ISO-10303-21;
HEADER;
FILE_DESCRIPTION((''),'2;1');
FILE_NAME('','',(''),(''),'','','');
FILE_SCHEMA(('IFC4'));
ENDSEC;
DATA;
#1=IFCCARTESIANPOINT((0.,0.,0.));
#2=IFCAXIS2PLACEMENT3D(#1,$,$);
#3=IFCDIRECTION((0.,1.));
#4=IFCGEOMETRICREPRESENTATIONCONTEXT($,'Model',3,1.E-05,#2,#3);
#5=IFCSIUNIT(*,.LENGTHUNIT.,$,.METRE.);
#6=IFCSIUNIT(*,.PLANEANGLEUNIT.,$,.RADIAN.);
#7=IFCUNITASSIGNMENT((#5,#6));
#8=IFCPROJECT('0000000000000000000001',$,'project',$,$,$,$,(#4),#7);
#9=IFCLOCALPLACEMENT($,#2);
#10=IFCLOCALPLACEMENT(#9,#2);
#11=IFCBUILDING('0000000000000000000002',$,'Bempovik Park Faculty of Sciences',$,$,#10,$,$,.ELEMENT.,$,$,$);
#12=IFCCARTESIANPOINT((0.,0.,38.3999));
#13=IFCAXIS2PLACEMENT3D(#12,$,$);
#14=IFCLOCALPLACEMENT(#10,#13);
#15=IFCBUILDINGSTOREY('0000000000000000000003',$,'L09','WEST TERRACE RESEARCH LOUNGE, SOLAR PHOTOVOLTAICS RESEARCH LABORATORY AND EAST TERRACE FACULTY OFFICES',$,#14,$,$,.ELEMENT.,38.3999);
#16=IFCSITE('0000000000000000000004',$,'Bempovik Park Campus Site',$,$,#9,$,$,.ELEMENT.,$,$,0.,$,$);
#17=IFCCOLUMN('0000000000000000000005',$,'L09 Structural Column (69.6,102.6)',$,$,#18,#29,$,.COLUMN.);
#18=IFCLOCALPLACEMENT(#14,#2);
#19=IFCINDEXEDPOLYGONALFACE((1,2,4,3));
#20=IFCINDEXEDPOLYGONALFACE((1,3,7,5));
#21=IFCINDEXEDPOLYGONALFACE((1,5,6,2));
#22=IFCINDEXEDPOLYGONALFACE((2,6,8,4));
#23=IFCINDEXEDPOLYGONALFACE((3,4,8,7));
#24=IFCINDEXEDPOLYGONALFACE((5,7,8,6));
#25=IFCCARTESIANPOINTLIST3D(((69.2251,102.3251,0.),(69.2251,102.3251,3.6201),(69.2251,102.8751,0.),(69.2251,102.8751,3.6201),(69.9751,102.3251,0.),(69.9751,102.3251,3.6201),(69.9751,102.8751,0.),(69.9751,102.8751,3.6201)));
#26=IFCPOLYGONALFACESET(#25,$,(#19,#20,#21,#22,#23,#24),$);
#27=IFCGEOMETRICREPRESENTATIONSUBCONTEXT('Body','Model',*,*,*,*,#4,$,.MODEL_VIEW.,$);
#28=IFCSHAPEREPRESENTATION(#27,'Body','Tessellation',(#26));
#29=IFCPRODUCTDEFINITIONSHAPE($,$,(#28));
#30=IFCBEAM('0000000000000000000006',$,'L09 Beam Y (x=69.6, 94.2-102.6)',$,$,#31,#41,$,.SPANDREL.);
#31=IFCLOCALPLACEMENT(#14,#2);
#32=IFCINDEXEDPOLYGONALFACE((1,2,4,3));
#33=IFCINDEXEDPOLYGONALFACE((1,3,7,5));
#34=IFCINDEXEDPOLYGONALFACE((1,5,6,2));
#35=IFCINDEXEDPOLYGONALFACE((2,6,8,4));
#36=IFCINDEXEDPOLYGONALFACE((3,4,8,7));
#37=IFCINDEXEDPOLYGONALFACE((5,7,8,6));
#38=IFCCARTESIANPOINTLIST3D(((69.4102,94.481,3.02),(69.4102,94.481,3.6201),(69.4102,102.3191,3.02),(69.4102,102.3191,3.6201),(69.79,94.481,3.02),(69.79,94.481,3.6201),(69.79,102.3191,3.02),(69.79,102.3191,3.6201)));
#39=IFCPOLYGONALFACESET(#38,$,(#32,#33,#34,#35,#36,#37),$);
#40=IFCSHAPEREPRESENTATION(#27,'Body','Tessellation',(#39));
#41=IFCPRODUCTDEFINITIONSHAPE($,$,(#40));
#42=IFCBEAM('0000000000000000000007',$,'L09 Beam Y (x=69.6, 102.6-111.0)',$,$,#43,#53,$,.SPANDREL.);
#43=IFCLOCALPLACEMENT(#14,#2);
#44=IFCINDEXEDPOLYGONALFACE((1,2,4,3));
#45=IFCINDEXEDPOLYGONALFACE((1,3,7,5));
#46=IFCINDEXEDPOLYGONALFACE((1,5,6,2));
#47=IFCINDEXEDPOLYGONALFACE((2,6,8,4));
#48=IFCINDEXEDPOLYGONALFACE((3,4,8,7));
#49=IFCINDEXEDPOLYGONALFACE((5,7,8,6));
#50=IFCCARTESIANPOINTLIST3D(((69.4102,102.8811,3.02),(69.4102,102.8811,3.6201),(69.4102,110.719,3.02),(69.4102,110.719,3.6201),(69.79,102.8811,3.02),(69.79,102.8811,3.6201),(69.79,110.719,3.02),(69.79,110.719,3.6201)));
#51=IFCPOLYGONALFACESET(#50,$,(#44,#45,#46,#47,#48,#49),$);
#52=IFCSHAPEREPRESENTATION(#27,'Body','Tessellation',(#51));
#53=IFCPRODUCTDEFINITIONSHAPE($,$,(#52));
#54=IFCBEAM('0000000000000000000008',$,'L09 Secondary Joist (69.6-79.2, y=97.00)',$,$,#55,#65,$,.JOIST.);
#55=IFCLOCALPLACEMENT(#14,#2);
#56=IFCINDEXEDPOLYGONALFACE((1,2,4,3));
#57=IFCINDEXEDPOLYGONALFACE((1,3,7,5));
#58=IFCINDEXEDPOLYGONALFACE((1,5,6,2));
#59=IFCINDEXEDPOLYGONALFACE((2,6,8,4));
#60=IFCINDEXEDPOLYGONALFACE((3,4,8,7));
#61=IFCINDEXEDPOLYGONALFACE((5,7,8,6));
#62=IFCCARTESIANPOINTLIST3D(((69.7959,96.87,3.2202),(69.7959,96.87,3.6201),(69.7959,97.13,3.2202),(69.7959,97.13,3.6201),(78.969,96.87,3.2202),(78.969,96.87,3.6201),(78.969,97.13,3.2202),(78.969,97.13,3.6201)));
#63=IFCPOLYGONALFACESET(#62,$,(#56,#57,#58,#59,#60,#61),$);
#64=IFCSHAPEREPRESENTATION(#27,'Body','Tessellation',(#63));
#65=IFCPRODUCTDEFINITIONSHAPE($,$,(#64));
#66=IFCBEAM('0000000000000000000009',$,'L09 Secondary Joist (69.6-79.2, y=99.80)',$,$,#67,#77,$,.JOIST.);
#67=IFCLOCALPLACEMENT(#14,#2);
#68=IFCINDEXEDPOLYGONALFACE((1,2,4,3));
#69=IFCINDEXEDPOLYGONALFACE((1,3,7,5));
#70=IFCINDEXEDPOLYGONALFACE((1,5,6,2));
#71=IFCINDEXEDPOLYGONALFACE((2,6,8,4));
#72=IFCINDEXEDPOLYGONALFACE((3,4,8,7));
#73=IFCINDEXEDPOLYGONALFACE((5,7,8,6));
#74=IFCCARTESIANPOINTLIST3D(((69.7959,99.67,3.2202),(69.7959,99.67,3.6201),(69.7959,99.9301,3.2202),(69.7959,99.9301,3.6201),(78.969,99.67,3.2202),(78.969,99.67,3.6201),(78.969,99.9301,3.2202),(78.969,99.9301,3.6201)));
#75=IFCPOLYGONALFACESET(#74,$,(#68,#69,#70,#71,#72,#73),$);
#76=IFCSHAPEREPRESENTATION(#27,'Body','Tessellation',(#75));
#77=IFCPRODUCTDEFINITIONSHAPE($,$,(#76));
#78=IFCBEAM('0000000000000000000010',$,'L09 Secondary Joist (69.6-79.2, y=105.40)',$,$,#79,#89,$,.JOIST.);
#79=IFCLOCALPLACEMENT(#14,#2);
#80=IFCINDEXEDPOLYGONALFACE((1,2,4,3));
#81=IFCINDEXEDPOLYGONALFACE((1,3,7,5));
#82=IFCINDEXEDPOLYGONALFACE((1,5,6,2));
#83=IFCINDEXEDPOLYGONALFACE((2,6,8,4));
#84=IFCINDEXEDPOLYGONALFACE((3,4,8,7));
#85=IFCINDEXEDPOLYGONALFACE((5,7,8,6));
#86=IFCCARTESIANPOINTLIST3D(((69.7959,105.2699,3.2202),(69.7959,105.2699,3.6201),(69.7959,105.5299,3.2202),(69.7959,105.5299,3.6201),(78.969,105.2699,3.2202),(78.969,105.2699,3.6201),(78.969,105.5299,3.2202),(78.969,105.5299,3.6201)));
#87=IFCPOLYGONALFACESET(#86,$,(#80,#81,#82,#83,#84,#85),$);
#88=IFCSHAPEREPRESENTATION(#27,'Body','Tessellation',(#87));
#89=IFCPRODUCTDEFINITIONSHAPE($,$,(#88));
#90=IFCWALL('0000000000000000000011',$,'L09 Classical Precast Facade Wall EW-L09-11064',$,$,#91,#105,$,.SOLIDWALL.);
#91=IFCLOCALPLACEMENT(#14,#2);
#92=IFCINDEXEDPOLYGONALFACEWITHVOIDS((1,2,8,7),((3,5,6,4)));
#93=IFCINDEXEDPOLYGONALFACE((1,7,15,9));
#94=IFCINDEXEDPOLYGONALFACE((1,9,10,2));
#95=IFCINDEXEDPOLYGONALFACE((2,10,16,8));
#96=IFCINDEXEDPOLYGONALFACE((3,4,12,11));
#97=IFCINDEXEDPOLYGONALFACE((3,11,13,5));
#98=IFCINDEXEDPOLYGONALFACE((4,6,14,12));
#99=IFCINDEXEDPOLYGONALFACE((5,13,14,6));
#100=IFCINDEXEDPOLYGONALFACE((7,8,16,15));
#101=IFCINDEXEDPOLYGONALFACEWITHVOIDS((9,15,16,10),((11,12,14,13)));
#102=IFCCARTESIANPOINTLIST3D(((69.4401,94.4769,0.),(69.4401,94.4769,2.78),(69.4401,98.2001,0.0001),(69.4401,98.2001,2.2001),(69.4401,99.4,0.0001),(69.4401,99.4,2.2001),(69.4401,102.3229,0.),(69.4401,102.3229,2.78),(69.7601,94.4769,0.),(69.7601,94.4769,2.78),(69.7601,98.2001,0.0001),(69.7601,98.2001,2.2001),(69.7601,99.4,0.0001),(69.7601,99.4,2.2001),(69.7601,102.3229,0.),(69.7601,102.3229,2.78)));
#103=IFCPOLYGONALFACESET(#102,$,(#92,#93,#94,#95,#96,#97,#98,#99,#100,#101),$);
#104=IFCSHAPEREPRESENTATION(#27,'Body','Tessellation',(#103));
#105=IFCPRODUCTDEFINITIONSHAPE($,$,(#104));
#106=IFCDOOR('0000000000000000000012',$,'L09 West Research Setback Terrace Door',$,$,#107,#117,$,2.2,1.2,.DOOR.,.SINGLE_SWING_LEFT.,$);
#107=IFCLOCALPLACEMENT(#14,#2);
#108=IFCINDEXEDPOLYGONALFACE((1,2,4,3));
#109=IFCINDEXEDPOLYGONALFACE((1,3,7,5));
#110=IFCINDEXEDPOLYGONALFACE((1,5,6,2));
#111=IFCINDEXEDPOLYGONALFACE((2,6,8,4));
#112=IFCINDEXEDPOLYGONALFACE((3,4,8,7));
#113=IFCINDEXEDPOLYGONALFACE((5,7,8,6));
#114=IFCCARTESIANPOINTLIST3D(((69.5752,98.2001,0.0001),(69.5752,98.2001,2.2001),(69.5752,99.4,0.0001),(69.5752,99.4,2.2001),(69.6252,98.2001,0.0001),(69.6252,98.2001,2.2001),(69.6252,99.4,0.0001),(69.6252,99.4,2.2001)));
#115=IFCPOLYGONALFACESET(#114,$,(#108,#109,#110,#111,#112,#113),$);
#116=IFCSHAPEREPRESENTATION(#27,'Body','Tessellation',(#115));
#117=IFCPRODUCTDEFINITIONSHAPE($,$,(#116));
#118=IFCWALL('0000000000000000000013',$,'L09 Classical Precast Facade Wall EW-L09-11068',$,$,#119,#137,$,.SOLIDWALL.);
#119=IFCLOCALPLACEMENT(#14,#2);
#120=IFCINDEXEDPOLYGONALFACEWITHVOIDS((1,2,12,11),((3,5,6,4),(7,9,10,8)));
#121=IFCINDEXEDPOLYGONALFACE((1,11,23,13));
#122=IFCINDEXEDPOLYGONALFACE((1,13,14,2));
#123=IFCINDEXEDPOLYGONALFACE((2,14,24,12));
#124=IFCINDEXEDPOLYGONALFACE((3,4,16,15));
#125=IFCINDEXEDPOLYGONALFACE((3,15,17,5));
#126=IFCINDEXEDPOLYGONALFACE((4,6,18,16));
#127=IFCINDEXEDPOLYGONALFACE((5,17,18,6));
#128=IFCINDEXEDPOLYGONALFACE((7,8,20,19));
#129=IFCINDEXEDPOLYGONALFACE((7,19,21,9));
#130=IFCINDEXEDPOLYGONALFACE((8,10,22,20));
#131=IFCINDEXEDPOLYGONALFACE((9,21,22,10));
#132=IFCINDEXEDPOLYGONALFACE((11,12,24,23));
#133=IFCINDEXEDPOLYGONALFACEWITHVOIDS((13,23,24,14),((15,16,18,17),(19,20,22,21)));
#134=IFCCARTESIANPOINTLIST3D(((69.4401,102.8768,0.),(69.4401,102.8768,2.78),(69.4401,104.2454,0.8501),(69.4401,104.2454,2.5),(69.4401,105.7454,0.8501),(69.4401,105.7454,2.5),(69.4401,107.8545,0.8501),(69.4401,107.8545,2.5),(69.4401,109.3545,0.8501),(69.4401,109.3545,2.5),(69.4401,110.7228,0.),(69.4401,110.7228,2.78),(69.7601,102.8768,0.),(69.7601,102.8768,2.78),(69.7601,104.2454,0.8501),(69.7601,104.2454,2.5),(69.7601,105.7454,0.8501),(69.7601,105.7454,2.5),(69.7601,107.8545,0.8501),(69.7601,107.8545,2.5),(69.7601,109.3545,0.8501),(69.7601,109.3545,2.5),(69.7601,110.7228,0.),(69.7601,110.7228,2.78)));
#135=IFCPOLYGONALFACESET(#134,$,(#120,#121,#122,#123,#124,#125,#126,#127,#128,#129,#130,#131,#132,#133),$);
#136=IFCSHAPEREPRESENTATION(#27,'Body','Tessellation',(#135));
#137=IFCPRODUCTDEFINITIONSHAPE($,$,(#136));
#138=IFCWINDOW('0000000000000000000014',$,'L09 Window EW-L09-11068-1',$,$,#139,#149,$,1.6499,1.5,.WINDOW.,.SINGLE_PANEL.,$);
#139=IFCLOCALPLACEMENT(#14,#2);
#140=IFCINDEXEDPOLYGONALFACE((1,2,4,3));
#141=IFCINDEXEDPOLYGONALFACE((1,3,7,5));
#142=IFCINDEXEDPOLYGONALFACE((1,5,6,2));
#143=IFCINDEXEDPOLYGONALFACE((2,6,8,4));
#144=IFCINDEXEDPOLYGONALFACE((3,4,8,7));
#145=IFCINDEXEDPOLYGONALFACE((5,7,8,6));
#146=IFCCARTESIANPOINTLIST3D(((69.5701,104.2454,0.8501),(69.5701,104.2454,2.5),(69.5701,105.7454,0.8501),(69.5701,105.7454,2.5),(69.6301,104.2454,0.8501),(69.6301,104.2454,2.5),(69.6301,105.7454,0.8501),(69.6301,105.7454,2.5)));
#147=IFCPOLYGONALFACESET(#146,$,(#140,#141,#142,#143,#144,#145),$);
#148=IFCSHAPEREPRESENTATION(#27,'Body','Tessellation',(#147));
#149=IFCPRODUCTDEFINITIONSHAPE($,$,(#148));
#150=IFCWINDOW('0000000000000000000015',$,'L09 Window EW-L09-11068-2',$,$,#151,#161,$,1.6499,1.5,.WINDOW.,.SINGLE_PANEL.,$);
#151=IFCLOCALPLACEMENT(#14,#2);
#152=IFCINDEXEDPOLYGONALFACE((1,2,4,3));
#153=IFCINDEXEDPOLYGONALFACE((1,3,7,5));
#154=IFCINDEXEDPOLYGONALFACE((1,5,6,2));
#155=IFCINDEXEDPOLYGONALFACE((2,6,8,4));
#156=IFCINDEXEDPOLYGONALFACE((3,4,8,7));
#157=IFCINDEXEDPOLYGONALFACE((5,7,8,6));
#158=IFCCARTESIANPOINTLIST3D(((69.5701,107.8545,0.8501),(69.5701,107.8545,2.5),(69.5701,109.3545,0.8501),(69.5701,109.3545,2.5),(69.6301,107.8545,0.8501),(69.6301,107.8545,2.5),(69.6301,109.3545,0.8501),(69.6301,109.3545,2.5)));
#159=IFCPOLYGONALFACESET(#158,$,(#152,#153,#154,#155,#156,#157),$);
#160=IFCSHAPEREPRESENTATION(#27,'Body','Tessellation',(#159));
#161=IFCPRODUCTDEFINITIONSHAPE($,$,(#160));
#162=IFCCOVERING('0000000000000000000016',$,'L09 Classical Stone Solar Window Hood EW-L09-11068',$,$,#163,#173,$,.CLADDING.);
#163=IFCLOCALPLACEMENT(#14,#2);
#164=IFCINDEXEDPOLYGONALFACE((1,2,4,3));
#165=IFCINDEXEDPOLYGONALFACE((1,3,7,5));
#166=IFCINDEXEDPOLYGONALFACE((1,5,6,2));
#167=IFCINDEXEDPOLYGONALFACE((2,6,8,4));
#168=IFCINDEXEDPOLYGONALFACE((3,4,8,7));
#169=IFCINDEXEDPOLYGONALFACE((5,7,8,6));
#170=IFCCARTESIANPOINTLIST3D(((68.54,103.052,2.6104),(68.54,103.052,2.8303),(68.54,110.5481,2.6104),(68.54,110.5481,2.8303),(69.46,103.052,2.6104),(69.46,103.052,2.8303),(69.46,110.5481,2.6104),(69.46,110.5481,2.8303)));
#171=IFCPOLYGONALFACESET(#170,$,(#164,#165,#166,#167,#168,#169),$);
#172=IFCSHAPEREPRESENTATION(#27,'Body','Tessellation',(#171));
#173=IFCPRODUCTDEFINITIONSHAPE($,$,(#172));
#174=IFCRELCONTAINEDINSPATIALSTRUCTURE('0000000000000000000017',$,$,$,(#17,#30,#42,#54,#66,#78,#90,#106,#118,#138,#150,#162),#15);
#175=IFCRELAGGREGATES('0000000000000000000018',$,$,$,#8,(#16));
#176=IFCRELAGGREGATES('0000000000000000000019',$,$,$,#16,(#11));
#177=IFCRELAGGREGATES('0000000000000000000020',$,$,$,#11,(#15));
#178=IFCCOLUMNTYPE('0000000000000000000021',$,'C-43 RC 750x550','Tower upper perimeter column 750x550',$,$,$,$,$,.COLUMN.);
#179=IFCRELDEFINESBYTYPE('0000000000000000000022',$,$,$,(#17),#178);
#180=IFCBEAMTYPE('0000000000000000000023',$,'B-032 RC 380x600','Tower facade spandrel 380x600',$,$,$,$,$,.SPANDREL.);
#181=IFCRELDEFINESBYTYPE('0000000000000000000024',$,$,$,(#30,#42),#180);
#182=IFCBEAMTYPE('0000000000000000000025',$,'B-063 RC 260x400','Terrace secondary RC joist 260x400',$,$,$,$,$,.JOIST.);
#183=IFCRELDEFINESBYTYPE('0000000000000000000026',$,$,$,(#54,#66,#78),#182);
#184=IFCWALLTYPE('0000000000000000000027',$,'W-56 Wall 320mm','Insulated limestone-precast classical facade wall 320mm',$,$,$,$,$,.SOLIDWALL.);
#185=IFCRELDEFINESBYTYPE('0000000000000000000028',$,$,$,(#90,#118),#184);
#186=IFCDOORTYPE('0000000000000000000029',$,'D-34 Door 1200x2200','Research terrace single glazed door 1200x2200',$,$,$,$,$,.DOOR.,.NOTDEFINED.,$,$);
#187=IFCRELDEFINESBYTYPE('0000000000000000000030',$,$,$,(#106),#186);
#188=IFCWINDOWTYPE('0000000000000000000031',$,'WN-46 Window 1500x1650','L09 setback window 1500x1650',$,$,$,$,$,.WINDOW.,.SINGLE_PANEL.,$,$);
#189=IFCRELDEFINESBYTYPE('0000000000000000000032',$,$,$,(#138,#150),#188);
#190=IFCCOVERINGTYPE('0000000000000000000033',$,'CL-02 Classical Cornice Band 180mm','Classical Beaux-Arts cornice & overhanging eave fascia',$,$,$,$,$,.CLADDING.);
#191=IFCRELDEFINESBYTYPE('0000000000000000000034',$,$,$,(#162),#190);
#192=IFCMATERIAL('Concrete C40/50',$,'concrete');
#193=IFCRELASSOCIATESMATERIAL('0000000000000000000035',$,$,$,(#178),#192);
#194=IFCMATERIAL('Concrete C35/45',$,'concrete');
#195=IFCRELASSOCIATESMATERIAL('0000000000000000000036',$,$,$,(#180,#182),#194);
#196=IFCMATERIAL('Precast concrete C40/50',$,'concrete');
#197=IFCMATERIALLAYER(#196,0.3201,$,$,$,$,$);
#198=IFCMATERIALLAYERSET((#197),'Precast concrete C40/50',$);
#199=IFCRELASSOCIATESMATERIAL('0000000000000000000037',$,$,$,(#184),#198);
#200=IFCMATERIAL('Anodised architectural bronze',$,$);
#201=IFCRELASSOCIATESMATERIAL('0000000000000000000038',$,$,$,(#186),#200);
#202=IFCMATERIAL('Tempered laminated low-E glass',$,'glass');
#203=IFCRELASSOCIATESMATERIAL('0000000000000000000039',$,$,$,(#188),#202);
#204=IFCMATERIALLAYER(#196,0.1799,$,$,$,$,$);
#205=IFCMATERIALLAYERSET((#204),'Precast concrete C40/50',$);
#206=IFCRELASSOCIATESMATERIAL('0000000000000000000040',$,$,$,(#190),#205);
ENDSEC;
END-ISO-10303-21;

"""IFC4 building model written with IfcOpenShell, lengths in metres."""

from ifc_helpers import new_model, si_unit, direction, frame, frame_2d, origin, origin_2d, place, context, subcontext, project, spatial, rectangle, extrude, material, layer, layer_set, material_profile, profile_set, type_object, element, fill, save


model = new_model("IFC4")

# Units and contexts
model_context = context("Model", 3, precision=1e-05, world=origin(), true_north=direction((0.0, 1.0)))
body_context = subcontext(model_context, "Body", "Model", "MODEL_VIEW")
ifc_project = project(units=[si_unit("LENGTHUNIT", "METRE"), si_unit("PLANEANGLEUNIT", "RADIAN")], contexts=[model_context])

# Site, building, storey
site_placement = place(None, origin())
site = spatial("IfcSite", under=ifc_project, at=site_placement, Name="Bempovik Park Campus Site", CompositionType="ELEMENT", RefElevation=0.0)
building_placement = place(site_placement, origin())
building = spatial("IfcBuilding", under=site, at=building_placement, Name="Bempovik Park Faculty of Sciences", CompositionType="ELEMENT")
storey_placement = place(building_placement, frame((0.0, 0.0, 38.3999)))
storey = spatial("IfcBuildingStorey", under=building, at=storey_placement, Name="L09", Description="WEST TERRACE RESEARCH LOUNGE, SOLAR PHOTOVOLTAICS RESEARCH LABORATORY AND EAST TERRACE FACULTY OFFICES", CompositionType="ELEMENT", Elevation=38.3999)

# Column
ifc_material_1 = material(Name="Concrete C40/50", Category="concrete")
ifc_material_profile_1 = material_profile(ifc_material_1, rectangle(XDim=0.75, YDim=0.55, at=origin_2d()), Name="RC 750x550")
ifc_profile_set_1 = profile_set([ifc_material_profile_1], Name="Concrete C40/50")
column_type = type_object("IfcColumnType", Name="C-43 RC 750x550", Description="Tower upper perimeter column 750x550", PredefinedType="COLUMN", material=ifc_profile_set_1)
column_placement = place(storey_placement, frame((69.6001, 102.6001, 0.0), z_axis=(0.0, 0.0, 1.0), x_axis=(1.0, 0.0, 0.0)))
element("IfcColumn", 1, at=column_placement, inside=storey, type_object=column_type, Name="L09 Structural Column (69.6,102.6)", PredefinedType="COLUMN", context=body_context, shape_type="SweptSolid", body=[
    extrude(rectangle(XDim=0.75, YDim=0.55, at=origin_2d()), origin(), (0.0, 0.0, 1.0), 3.6201),
])

# Beams
ifc_material_2 = material(Name="Concrete C35/45", Category="concrete")
ifc_material_profile_2 = material_profile(ifc_material_2, rectangle(XDim=0.3799, YDim=0.6001, at=origin_2d()), Name="RC 380x600")
ifc_profile_set_2 = profile_set([ifc_material_profile_2], Name="Concrete C35/45")
beam_type_1 = type_object("IfcBeamType", Name="B-032 RC 380x600", Description="Tower facade spandrel 380x600", PredefinedType="SPANDREL", material=ifc_profile_set_2)
beam_1_placement = place(storey_placement, frame((69.6001, 94.481, 3.3201), z_axis=(0.0, 1.0, 0.0), x_axis=(-1.0, 0.0, 0.0)))
element("IfcBeam", 2, at=beam_1_placement, inside=storey, type_object=beam_type_1, Name="L09 Beam Y (x=69.6, 94.2-102.6)", PredefinedType="SPANDREL", context=body_context, shape_type="SweptSolid", body=[
    extrude(rectangle(XDim=0.3799, YDim=0.6001, at=origin_2d()), origin(), (0.0, 0.0, 1.0), 7.8381),
])
beam_2_placement = place(storey_placement, frame((69.6001, 102.8811, 3.3201), z_axis=(0.0, 1.0, 0.0), x_axis=(-1.0, 0.0, 0.0)))
element("IfcBeam", 3, at=beam_2_placement, inside=storey, type_object=beam_type_1, Name="L09 Beam Y (x=69.6, 102.6-111.0)", PredefinedType="SPANDREL", context=body_context, shape_type="SweptSolid", body=[
    extrude(rectangle(XDim=0.3799, YDim=0.6001, at=origin_2d()), origin(), (0.0, 0.0, 1.0), 7.8379),
])
ifc_material_profile_3 = material_profile(ifc_material_2, rectangle(XDim=0.26, YDim=0.3999, at=origin_2d()), Name="RC 260x400")
ifc_profile_set_3 = profile_set([ifc_material_profile_3], Name="Concrete C35/45")
beam_type_2 = type_object("IfcBeamType", Name="B-063 RC 260x400", Description="Terrace secondary RC joist 260x400", PredefinedType="JOIST", material=ifc_profile_set_3)
for number, where, z_axis, x_axis, name in (
    (4, (69.7959, 97.0, 3.4202), (1.0, 0.0, 0.0), (0.0, 1.0, 0.0), "L09 Secondary Joist (69.6-79.2, y=97.00)"),
    (5, (69.7959, 99.8, 3.4202), (1.0, 0.0, 0.0), (0.0, 1.0, 0.0), "L09 Secondary Joist (69.6-79.2, y=99.80)"),
    (6, (69.7959, 105.3999, 3.4202), (1.0, 0.0, 0.0), (0.0, 1.0, 0.0), "L09 Secondary Joist (69.6-79.2, y=105.40)"),
):
    element("IfcBeam", number, at=place(storey_placement, frame(where, z_axis=z_axis, x_axis=x_axis)), inside=storey, type_object=beam_type_2, Name=name, PredefinedType="JOIST", context=body_context, shape_type="SweptSolid", body=[
        extrude(rectangle(XDim=0.26, YDim=0.3999, at=origin_2d()), origin(), (0.0, 0.0, 1.0), 9.1731),
    ])

# Wall, opening, door
ifc_material_3 = material(Name="Precast concrete C40/50", Category="concrete")
ifc_layer_1 = layer(ifc_material_3, 0.3201)
ifc_layer_set_1 = layer_set([ifc_layer_1], Name="Precast concrete C40/50")
wall_type = type_object("IfcWallType", Name="W-56 Wall 320mm", Description="Insulated limestone-precast classical facade wall 320mm", PredefinedType="SOLIDWALL", material=ifc_layer_set_1)
wall_1_placement = place(storey_placement, frame((69.6001, 94.4771, 0.0), z_axis=(0.0, 0.0, 1.0), x_axis=(0.0, 1.0, 0.0)))
wall_1 = element("IfcWall", 7, at=wall_1_placement, inside=storey, type_object=wall_type, Name="L09 Classical Precast Facade Wall EW-L09-11064", PredefinedType="SOLIDWALL", context=body_context, shape_type="SweptSolid", body=[
    extrude(rectangle(XDim=7.8459, YDim=0.3201, at=frame_2d((3.9229, 0.0))), origin(), (0.0, 0.0, 1.0), 2.78),
])
opening_1_placement = place(wall_1_placement, frame((3.7229, 0.0, 0.0)))
opening_1 = element("IfcOpeningElement", 8, at=opening_1_placement, cuts=wall_1, PredefinedType="OPENING", context=body_context, shape_type="SweptSolid", body=[
    extrude(rectangle(XDim=1.2, YDim=2.2, at=frame_2d((0.6001, 1.1001))), frame((0.0, 0.1699, 0.0), z_axis=(0.0, -1.0, 0.0), x_axis=(1.0, 0.0, 0.0)), (0.0, 0.0, 1.0), 0.3401),
])
ifc_material_4 = material(Name="Anodised architectural bronze")
door_type = type_object("IfcDoorType", Name="D-34 Door 1200x2200", Description="Research terrace single glazed door 1200x2200", OperationType="NOTDEFINED", PredefinedType="DOOR", material=ifc_material_4)
door_placement = place(opening_1_placement, origin())
door = element("IfcDoor", 9, at=door_placement, inside=storey, type_object=door_type, Name="L09 West Research Setback Terrace Door", OperationType="SINGLE_SWING_LEFT", OverallHeight=2.2, OverallWidth=1.2, PredefinedType="DOOR", context=body_context, shape_type="SweptSolid", body=[
    extrude(rectangle(XDim=1.2, YDim=2.2, at=frame_2d((0.6001, 1.1001))), frame((0.0, 0.0249, 0.0), z_axis=(0.0, -1.0, 0.0), x_axis=(1.0, 0.0, 0.0)), (0.0, 0.0, 1.0), 0.05),
])
fill(opening_1, door)

# Wall, openings, windows
wall_2_placement = place(storey_placement, frame((69.6001, 102.877, 0.0), z_axis=(0.0, 0.0, 1.0), x_axis=(0.0, 1.0, 0.0)))
wall_2 = element("IfcWall", 10, at=wall_2_placement, inside=storey, type_object=wall_type, Name="L09 Classical Precast Facade Wall EW-L09-11068", PredefinedType="SOLIDWALL", context=body_context, shape_type="SweptSolid", body=[
    extrude(rectangle(XDim=7.8459, YDim=0.3201, at=frame_2d((3.9229, 0.0))), origin(), (0.0, 0.0, 1.0), 2.78),
])
opening_2_placement = place(wall_2_placement, frame((1.3684, 0.0, 0.8501)))
opening_2 = element("IfcOpeningElement", 11, at=opening_2_placement, cuts=wall_2, PredefinedType="OPENING", context=body_context, shape_type="SweptSolid", body=[
    extrude(rectangle(XDim=1.5, YDim=1.6499, at=frame_2d((0.75, 0.825))), frame((0.0, 0.1699, 0.0), z_axis=(0.0, -1.0, 0.0), x_axis=(1.0, 0.0, 0.0)), (0.0, 0.0, 1.0), 0.3401),
])
opening_3_placement = place(wall_2_placement, frame((4.9775, 0.0, 0.8501)))
opening_3 = element("IfcOpeningElement", 12, at=opening_3_placement, cuts=wall_2, PredefinedType="OPENING", context=body_context, shape_type="SweptSolid", body=[
    extrude(rectangle(XDim=1.5, YDim=1.6499, at=frame_2d((0.75, 0.825))), frame((0.0, 0.1699, 0.0), z_axis=(0.0, -1.0, 0.0), x_axis=(1.0, 0.0, 0.0)), (0.0, 0.0, 1.0), 0.3401),
])
ifc_material_5 = material(Name="Tempered laminated low-E glass", Category="glass")
window_type = type_object("IfcWindowType", Name="WN-46 Window 1500x1650", Description="L09 setback window 1500x1650", PartitioningType="SINGLE_PANEL", PredefinedType="WINDOW", material=ifc_material_5)
window_1_placement = place(opening_2_placement, origin())
window_1 = element("IfcWindow", 13, at=window_1_placement, inside=storey, type_object=window_type, Name="L09 Window EW-L09-11068-1", OverallHeight=1.6499, OverallWidth=1.5, PartitioningType="SINGLE_PANEL", PredefinedType="WINDOW", context=body_context, shape_type="SweptSolid", body=[
    extrude(rectangle(XDim=1.5, YDim=1.6499, at=frame_2d((0.75, 0.825))), frame((0.0, 0.03, 0.0), z_axis=(0.0, -1.0, 0.0), x_axis=(1.0, 0.0, 0.0)), (0.0, 0.0, 1.0), 0.0601),
])
fill(opening_2, window_1)
window_2_placement = place(opening_3_placement, origin())
window_2 = element("IfcWindow", 14, at=window_2_placement, inside=storey, type_object=window_type, Name="L09 Window EW-L09-11068-2", OverallHeight=1.6499, OverallWidth=1.5, PartitioningType="SINGLE_PANEL", PredefinedType="WINDOW", context=body_context, shape_type="SweptSolid", body=[
    extrude(rectangle(XDim=1.5, YDim=1.6499, at=frame_2d((0.75, 0.825))), frame((0.0, 0.03, 0.0), z_axis=(0.0, -1.0, 0.0), x_axis=(1.0, 0.0, 0.0)), (0.0, 0.0, 1.0), 0.0601),
])
fill(opening_3, window_2)

# Covering
ifc_layer_2 = layer(ifc_material_3, 0.1799)
ifc_layer_set_2 = layer_set([ifc_layer_2], Name="Precast concrete C40/50")
covering_type_1 = type_object("IfcCoveringType", Name="CL-02 Classical Cornice Band 180mm", Description="Classical Beaux-Arts cornice & overhanging eave fascia", PredefinedType="CLADDING", material=ifc_layer_set_2)
covering_1_placement = place(storey_placement, frame((69.0, 106.8, 2.6104), z_axis=(0.0, 0.0, 1.0), x_axis=(1.0, 0.0, 0.0)))
element("IfcCovering", 15, at=covering_1_placement, inside=storey, type_object=covering_type_1, Name="L09 Classical Stone Solar Window Hood EW-L09-11068", PredefinedType="CLADDING", context=body_context, shape_type="SweptSolid", body=[
    extrude(rectangle(XDim=0.9199, YDim=7.4961, at=origin_2d()), origin(), (0.0, 0.0, 1.0), 0.22),
])

save(model, "model.ifc")
